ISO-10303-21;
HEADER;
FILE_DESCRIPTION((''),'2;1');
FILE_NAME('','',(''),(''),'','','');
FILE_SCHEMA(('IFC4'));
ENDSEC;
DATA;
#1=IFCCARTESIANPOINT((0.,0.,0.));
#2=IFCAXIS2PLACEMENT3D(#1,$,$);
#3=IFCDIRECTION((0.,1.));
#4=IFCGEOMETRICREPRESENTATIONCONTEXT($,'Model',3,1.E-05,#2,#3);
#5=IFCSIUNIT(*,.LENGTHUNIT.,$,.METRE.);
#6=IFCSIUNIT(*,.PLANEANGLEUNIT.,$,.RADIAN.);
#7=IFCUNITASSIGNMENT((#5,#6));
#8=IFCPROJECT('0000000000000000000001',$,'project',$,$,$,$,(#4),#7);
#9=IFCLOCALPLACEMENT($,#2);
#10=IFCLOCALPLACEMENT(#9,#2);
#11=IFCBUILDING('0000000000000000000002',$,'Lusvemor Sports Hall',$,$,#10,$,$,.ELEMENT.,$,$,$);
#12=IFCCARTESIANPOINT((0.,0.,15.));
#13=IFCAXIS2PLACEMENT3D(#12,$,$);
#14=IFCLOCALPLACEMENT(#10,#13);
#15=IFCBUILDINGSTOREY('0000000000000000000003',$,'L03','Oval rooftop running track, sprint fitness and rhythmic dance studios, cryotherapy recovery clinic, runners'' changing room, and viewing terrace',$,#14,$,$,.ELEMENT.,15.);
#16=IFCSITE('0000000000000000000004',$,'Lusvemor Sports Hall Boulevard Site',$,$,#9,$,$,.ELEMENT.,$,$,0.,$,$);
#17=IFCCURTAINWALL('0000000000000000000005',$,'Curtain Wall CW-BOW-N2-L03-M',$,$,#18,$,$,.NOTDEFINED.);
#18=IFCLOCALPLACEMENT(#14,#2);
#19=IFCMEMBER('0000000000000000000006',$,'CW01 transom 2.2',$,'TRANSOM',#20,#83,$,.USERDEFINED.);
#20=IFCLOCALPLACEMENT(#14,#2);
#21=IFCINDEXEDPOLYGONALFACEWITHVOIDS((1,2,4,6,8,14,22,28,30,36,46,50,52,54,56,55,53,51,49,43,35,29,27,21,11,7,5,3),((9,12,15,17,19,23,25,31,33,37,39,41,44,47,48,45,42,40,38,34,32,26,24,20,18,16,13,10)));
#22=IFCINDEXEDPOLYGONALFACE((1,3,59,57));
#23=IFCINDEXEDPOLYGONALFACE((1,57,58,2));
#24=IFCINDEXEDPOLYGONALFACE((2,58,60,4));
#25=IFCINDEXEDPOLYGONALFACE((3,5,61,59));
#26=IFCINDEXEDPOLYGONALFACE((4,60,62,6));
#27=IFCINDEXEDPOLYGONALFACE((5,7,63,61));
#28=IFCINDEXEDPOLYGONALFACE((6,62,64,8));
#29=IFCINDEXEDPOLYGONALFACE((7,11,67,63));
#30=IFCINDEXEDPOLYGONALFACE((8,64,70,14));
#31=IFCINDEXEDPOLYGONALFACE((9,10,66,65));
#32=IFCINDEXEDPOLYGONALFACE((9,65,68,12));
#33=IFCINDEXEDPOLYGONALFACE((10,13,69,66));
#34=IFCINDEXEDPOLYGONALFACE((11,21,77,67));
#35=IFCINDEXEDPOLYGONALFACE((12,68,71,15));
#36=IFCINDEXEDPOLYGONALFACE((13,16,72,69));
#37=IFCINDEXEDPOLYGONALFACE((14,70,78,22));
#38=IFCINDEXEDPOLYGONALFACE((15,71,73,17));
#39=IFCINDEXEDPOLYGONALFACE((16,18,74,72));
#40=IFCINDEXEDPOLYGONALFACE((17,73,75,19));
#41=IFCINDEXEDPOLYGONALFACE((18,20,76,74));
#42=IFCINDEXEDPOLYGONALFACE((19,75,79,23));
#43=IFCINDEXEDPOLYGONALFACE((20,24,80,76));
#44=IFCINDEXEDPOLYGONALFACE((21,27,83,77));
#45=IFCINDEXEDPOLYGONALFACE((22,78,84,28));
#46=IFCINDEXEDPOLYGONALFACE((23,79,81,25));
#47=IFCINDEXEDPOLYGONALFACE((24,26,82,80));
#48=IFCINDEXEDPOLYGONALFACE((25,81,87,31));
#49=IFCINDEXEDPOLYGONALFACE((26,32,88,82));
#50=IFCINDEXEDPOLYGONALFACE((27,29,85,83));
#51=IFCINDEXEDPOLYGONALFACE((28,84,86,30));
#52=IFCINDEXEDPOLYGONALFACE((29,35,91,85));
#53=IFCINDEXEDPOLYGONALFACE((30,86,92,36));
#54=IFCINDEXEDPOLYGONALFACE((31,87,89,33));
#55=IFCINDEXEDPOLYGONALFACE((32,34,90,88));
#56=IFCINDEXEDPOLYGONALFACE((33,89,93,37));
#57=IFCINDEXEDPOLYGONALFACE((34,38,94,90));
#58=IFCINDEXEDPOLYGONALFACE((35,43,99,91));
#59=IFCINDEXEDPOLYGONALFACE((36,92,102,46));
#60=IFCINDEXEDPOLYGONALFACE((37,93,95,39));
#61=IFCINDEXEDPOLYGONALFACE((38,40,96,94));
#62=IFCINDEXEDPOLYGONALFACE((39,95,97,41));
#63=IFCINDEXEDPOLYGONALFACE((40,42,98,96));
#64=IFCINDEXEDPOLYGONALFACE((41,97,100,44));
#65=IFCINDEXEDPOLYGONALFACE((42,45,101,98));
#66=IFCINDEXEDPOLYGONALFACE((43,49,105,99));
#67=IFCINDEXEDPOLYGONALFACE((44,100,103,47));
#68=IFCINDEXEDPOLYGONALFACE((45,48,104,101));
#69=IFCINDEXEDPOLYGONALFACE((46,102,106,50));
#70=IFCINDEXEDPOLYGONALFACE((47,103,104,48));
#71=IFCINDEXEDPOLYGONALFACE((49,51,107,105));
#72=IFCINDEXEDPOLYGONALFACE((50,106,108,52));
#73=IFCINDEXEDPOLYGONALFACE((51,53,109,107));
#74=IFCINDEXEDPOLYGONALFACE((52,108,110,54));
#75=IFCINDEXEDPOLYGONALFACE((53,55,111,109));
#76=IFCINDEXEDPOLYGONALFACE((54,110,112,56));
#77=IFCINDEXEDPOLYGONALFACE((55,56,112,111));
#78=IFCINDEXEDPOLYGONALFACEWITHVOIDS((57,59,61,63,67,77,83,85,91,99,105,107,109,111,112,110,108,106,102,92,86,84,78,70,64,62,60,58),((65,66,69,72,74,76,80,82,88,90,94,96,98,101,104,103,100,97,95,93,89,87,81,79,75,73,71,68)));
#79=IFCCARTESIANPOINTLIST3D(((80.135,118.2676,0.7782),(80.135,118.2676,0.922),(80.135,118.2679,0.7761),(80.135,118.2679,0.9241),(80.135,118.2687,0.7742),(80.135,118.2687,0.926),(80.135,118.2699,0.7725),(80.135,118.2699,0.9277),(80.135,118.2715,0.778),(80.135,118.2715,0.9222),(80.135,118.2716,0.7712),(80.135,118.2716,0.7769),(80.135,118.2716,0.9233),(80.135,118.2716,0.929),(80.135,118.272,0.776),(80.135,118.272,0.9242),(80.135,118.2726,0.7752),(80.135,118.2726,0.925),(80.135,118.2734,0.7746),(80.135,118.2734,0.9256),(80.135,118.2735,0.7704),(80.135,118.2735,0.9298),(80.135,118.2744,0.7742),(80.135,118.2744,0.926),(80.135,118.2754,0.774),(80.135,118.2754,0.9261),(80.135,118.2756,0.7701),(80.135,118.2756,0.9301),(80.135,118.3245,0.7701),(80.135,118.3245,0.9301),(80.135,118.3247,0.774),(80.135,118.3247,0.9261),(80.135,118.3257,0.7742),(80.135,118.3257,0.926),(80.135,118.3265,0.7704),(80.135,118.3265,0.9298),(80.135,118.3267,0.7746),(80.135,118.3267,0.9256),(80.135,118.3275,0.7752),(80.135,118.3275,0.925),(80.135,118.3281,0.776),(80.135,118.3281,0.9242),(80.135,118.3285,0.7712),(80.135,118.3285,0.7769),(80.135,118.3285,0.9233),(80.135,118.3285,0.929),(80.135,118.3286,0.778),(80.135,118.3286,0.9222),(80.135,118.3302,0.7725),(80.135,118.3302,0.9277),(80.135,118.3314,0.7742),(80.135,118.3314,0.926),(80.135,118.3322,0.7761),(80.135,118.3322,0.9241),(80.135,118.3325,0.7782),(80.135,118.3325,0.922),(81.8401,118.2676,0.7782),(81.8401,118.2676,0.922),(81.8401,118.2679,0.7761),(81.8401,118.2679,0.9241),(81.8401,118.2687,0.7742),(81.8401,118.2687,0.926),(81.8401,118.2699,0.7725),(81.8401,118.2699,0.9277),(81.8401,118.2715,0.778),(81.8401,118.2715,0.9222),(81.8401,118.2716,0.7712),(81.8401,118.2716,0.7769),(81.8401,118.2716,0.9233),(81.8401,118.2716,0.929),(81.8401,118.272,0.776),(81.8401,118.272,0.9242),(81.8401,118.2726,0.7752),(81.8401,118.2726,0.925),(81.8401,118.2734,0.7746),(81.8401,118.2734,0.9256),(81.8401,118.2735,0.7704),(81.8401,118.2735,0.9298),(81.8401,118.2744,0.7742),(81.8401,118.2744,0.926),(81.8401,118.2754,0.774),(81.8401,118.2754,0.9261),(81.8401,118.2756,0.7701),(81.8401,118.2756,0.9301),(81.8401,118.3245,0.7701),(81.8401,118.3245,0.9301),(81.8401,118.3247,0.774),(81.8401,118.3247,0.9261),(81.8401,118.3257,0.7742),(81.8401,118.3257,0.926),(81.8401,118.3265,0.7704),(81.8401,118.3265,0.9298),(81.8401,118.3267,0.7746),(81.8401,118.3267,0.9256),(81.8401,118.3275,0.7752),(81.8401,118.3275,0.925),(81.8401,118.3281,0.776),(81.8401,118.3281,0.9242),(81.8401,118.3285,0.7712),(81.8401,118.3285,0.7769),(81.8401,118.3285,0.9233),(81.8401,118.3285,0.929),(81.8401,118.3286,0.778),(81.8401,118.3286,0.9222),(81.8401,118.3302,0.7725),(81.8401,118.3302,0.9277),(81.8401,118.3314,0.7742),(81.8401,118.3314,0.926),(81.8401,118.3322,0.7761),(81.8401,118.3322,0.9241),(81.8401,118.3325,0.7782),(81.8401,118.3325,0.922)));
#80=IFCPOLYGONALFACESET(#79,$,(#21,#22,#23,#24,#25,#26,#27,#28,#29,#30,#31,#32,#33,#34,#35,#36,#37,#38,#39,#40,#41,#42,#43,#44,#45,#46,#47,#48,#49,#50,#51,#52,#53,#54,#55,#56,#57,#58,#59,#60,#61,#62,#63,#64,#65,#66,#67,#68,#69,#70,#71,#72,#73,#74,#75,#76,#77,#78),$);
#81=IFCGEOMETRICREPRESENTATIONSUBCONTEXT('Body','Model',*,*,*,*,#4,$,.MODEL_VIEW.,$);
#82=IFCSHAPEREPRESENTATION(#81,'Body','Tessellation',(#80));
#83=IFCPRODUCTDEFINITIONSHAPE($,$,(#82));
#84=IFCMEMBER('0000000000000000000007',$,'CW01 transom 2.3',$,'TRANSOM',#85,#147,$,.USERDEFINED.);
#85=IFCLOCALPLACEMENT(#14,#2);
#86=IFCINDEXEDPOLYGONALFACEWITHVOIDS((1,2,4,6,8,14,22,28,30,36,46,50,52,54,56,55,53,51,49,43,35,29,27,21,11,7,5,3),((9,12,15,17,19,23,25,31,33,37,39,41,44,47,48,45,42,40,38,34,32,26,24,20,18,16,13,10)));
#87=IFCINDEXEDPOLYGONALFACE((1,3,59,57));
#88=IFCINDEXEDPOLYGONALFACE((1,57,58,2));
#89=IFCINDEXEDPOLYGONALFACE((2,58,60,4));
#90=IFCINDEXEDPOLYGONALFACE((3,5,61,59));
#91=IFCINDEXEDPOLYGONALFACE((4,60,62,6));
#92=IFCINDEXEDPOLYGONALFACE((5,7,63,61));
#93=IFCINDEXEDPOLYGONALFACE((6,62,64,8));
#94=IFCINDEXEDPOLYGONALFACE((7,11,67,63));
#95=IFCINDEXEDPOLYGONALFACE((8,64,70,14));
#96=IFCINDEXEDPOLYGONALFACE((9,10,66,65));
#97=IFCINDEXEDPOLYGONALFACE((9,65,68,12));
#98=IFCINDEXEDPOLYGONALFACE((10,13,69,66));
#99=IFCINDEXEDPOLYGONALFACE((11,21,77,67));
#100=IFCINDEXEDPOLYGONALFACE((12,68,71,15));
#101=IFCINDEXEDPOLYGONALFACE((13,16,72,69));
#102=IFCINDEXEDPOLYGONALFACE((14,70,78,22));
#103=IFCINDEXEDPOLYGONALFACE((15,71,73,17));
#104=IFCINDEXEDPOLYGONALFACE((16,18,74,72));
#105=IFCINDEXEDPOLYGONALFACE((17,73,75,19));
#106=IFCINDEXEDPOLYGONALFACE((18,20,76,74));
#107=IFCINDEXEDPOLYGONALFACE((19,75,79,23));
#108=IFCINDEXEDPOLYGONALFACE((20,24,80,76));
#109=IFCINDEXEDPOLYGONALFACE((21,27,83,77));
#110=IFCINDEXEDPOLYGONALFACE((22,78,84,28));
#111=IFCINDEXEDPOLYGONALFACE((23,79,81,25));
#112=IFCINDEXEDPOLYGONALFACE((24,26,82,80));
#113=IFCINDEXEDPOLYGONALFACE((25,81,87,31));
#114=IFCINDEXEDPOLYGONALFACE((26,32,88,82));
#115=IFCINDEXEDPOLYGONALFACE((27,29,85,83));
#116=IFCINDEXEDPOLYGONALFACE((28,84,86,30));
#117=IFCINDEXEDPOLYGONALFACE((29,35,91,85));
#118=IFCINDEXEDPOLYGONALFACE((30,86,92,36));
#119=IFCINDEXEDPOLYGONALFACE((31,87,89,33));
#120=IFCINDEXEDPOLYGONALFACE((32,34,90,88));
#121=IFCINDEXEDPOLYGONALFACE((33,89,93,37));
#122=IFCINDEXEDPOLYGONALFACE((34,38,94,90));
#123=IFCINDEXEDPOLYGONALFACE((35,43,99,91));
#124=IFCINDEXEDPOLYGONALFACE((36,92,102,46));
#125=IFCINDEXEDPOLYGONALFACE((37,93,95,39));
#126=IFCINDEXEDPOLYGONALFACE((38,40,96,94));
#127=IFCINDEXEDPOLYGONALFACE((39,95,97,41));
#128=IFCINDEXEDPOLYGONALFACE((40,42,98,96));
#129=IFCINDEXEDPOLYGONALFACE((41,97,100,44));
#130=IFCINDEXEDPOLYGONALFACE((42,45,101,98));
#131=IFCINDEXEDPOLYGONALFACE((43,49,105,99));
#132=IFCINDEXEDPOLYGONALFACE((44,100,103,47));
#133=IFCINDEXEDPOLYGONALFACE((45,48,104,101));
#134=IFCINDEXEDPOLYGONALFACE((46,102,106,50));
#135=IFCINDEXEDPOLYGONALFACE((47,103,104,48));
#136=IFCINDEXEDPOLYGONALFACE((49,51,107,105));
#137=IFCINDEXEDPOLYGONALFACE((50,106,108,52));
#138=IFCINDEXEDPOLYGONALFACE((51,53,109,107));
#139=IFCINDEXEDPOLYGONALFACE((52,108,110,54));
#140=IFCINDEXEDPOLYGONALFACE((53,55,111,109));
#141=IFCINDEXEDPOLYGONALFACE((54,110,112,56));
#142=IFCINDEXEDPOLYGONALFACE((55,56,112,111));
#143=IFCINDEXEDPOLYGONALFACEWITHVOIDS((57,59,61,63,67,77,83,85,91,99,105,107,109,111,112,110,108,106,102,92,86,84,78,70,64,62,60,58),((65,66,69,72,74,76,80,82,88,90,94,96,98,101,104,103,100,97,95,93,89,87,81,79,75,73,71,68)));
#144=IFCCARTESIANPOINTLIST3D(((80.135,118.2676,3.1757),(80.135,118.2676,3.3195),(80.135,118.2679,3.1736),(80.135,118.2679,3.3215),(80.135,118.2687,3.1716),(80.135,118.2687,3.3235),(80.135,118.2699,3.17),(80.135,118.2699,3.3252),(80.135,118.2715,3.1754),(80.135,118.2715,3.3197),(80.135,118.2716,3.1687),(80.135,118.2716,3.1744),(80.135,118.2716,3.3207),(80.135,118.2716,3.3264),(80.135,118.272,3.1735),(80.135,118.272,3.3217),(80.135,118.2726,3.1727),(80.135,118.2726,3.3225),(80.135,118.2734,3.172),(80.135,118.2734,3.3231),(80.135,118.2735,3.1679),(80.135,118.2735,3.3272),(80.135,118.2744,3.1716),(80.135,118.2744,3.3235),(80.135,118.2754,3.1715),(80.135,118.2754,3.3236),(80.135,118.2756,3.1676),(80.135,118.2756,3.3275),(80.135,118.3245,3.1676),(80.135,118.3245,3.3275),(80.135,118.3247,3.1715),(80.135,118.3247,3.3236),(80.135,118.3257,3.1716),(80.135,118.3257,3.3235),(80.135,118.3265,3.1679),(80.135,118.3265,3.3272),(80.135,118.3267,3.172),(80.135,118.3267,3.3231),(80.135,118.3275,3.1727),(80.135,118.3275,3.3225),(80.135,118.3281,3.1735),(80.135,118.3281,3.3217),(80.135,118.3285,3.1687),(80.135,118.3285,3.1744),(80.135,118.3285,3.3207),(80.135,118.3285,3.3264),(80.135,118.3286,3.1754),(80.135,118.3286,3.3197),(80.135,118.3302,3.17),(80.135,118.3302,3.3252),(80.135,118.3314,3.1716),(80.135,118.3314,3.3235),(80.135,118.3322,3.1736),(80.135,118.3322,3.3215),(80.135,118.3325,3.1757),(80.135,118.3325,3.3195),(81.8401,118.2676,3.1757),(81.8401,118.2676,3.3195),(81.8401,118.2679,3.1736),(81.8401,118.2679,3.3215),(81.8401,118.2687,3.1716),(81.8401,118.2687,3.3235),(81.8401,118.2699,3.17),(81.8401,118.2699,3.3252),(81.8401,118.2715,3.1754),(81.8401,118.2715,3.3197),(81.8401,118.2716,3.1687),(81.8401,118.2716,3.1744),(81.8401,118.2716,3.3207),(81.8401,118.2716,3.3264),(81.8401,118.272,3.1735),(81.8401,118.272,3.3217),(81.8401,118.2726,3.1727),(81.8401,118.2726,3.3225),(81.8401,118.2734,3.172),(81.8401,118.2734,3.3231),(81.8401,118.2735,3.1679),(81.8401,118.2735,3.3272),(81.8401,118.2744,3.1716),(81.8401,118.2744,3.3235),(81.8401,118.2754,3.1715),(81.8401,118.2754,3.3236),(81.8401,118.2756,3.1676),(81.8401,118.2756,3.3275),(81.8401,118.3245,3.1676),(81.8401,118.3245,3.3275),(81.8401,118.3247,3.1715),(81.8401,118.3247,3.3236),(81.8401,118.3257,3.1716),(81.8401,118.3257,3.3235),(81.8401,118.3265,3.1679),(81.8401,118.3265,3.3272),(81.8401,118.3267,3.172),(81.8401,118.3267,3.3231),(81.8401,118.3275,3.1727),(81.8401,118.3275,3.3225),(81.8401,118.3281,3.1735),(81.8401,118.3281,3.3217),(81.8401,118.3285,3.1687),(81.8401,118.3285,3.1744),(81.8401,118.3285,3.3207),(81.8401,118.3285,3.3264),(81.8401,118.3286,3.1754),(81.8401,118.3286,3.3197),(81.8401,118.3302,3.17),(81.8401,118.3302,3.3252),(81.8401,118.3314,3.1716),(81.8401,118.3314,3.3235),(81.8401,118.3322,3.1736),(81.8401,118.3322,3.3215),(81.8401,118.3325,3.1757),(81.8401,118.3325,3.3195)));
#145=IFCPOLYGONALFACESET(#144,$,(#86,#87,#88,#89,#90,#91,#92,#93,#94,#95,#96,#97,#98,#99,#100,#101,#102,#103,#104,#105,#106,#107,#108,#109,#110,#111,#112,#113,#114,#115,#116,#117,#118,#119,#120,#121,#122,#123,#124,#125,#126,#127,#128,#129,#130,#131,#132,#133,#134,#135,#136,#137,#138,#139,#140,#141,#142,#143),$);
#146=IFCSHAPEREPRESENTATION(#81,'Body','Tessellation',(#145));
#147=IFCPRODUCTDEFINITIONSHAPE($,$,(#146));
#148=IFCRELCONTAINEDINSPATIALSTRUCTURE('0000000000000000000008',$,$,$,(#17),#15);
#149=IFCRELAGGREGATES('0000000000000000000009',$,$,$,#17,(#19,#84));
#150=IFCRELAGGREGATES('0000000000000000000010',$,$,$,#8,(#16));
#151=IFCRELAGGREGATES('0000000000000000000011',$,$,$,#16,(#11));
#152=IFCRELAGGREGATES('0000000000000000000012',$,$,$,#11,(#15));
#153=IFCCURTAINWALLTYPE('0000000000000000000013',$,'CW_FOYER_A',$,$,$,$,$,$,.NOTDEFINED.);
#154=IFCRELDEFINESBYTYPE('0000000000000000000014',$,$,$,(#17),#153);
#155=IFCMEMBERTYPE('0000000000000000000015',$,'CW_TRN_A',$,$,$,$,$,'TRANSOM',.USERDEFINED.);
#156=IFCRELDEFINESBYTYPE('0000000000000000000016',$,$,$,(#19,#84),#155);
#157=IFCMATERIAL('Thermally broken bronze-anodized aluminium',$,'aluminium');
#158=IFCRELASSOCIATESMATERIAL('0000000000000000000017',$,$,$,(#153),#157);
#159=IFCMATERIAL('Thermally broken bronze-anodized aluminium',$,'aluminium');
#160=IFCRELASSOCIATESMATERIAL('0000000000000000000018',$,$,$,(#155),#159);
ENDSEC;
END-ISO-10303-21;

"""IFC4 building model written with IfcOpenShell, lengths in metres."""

from ifc_helpers import new_model, si_unit, direction, frame, origin, origin_2d, place, context, subcontext, project, spatial, hollow_rectangle, extrude, material, material_profile, profile_set, type_object, element, aggregate, save


model = new_model("IFC4")

# Units and contexts
model_context = context("Model", 3, precision=1e-05, world=origin(), true_north=direction((0.0, 1.0)))
body_context = subcontext(model_context, "Body", "Model", "MODEL_VIEW")
ifc_project = project(units=[si_unit("LENGTHUNIT", "METRE"), si_unit("PLANEANGLEUNIT", "RADIAN")], contexts=[model_context])

# Site, building, storey
site_placement = place(None, origin())
site = spatial("IfcSite", under=ifc_project, at=site_placement, Name="Lusvemor Sports Hall Boulevard Site", CompositionType="ELEMENT", RefElevation=0.0)
building_placement = place(site_placement, origin())
building = spatial("IfcBuilding", under=site, at=building_placement, Name="Lusvemor Sports Hall", CompositionType="ELEMENT")
storey_placement = place(building_placement, frame((0.0, 0.0, 15.0)))
storey = spatial("IfcBuildingStorey", under=building, at=storey_placement, Name="L03", Description="Oval rooftop running track, sprint fitness and rhythmic dance studios, cryotherapy recovery clinic, runners' changing room, and viewing terrace", CompositionType="ELEMENT", Elevation=15.0)

# Curtain wall
ifc_material_1 = material(Name="Thermally broken bronze-anodized aluminium", Category="aluminium")
curtain_wall_type_1 = type_object("IfcCurtainWallType", Name="CW_FOYER_A", PredefinedType="NOTDEFINED", material=ifc_material_1)
curtain_wall_1_placement = place(storey_placement, origin())
curtain_wall_1 = element("IfcCurtainWall", 1, at=curtain_wall_1_placement, inside=storey, type_object=curtain_wall_type_1, Name="Curtain Wall CW-BOW-N2-L03-M", PredefinedType="NOTDEFINED")

# Members
ifc_material_2 = material(Name="Thermally broken bronze-anodized aluminium", Category="aluminium")
ifc_material_profile_1 = material_profile(ifc_material_2, hollow_rectangle(XDim=0.0649, YDim=0.1599, WallThickness=0.0039, InnerFilletRadius=0.0039, OuterFilletRadius=0.0081, at=origin_2d()), Name="CWTRN160x65x4")
ifc_profile_set_1 = profile_set([ifc_material_profile_1], Name="Thermally broken bronze-anodized aluminium")
member_type_1 = type_object("IfcMemberType", Name="CW_TRN_A", ElementType="TRANSOM", PredefinedType="USERDEFINED", material=ifc_profile_set_1)
member_1_placement = place(storey_placement, frame((80.135, 118.3, 0.8501), z_axis=(1.0, 0.0, 0.0), x_axis=(0.0, 1.0, 0.0)))
member_1 = element("IfcMember", 2, at=member_1_placement, type_object=member_type_1, Name="CW01 transom 2.2", ObjectType="TRANSOM", PredefinedType="USERDEFINED", context=body_context, shape_type="SweptSolid", body=[
    extrude(hollow_rectangle(XDim=0.0649, YDim=0.1599, WallThickness=0.0039, InnerFilletRadius=0.0039, OuterFilletRadius=0.0081, at=origin_2d()), origin(), (0.0, 0.0, 1.0), 1.7051),
])
member_2_placement = place(storey_placement, frame((80.135, 118.3, 3.2476), z_axis=(1.0, 0.0, 0.0), x_axis=(0.0, 1.0, 0.0)))
member_2 = element("IfcMember", 3, at=member_2_placement, type_object=member_type_1, Name="CW01 transom 2.3", ObjectType="TRANSOM", PredefinedType="USERDEFINED", context=body_context, shape_type="SweptSolid", body=[
    extrude(hollow_rectangle(XDim=0.0649, YDim=0.1599, WallThickness=0.0039, InnerFilletRadius=0.0039, OuterFilletRadius=0.0081, at=origin_2d()), origin(), (0.0, 0.0, 1.0), 1.7051),
])

aggregate(curtain_wall_1, [member_1, member_2])

save(model, "model.ifc")
